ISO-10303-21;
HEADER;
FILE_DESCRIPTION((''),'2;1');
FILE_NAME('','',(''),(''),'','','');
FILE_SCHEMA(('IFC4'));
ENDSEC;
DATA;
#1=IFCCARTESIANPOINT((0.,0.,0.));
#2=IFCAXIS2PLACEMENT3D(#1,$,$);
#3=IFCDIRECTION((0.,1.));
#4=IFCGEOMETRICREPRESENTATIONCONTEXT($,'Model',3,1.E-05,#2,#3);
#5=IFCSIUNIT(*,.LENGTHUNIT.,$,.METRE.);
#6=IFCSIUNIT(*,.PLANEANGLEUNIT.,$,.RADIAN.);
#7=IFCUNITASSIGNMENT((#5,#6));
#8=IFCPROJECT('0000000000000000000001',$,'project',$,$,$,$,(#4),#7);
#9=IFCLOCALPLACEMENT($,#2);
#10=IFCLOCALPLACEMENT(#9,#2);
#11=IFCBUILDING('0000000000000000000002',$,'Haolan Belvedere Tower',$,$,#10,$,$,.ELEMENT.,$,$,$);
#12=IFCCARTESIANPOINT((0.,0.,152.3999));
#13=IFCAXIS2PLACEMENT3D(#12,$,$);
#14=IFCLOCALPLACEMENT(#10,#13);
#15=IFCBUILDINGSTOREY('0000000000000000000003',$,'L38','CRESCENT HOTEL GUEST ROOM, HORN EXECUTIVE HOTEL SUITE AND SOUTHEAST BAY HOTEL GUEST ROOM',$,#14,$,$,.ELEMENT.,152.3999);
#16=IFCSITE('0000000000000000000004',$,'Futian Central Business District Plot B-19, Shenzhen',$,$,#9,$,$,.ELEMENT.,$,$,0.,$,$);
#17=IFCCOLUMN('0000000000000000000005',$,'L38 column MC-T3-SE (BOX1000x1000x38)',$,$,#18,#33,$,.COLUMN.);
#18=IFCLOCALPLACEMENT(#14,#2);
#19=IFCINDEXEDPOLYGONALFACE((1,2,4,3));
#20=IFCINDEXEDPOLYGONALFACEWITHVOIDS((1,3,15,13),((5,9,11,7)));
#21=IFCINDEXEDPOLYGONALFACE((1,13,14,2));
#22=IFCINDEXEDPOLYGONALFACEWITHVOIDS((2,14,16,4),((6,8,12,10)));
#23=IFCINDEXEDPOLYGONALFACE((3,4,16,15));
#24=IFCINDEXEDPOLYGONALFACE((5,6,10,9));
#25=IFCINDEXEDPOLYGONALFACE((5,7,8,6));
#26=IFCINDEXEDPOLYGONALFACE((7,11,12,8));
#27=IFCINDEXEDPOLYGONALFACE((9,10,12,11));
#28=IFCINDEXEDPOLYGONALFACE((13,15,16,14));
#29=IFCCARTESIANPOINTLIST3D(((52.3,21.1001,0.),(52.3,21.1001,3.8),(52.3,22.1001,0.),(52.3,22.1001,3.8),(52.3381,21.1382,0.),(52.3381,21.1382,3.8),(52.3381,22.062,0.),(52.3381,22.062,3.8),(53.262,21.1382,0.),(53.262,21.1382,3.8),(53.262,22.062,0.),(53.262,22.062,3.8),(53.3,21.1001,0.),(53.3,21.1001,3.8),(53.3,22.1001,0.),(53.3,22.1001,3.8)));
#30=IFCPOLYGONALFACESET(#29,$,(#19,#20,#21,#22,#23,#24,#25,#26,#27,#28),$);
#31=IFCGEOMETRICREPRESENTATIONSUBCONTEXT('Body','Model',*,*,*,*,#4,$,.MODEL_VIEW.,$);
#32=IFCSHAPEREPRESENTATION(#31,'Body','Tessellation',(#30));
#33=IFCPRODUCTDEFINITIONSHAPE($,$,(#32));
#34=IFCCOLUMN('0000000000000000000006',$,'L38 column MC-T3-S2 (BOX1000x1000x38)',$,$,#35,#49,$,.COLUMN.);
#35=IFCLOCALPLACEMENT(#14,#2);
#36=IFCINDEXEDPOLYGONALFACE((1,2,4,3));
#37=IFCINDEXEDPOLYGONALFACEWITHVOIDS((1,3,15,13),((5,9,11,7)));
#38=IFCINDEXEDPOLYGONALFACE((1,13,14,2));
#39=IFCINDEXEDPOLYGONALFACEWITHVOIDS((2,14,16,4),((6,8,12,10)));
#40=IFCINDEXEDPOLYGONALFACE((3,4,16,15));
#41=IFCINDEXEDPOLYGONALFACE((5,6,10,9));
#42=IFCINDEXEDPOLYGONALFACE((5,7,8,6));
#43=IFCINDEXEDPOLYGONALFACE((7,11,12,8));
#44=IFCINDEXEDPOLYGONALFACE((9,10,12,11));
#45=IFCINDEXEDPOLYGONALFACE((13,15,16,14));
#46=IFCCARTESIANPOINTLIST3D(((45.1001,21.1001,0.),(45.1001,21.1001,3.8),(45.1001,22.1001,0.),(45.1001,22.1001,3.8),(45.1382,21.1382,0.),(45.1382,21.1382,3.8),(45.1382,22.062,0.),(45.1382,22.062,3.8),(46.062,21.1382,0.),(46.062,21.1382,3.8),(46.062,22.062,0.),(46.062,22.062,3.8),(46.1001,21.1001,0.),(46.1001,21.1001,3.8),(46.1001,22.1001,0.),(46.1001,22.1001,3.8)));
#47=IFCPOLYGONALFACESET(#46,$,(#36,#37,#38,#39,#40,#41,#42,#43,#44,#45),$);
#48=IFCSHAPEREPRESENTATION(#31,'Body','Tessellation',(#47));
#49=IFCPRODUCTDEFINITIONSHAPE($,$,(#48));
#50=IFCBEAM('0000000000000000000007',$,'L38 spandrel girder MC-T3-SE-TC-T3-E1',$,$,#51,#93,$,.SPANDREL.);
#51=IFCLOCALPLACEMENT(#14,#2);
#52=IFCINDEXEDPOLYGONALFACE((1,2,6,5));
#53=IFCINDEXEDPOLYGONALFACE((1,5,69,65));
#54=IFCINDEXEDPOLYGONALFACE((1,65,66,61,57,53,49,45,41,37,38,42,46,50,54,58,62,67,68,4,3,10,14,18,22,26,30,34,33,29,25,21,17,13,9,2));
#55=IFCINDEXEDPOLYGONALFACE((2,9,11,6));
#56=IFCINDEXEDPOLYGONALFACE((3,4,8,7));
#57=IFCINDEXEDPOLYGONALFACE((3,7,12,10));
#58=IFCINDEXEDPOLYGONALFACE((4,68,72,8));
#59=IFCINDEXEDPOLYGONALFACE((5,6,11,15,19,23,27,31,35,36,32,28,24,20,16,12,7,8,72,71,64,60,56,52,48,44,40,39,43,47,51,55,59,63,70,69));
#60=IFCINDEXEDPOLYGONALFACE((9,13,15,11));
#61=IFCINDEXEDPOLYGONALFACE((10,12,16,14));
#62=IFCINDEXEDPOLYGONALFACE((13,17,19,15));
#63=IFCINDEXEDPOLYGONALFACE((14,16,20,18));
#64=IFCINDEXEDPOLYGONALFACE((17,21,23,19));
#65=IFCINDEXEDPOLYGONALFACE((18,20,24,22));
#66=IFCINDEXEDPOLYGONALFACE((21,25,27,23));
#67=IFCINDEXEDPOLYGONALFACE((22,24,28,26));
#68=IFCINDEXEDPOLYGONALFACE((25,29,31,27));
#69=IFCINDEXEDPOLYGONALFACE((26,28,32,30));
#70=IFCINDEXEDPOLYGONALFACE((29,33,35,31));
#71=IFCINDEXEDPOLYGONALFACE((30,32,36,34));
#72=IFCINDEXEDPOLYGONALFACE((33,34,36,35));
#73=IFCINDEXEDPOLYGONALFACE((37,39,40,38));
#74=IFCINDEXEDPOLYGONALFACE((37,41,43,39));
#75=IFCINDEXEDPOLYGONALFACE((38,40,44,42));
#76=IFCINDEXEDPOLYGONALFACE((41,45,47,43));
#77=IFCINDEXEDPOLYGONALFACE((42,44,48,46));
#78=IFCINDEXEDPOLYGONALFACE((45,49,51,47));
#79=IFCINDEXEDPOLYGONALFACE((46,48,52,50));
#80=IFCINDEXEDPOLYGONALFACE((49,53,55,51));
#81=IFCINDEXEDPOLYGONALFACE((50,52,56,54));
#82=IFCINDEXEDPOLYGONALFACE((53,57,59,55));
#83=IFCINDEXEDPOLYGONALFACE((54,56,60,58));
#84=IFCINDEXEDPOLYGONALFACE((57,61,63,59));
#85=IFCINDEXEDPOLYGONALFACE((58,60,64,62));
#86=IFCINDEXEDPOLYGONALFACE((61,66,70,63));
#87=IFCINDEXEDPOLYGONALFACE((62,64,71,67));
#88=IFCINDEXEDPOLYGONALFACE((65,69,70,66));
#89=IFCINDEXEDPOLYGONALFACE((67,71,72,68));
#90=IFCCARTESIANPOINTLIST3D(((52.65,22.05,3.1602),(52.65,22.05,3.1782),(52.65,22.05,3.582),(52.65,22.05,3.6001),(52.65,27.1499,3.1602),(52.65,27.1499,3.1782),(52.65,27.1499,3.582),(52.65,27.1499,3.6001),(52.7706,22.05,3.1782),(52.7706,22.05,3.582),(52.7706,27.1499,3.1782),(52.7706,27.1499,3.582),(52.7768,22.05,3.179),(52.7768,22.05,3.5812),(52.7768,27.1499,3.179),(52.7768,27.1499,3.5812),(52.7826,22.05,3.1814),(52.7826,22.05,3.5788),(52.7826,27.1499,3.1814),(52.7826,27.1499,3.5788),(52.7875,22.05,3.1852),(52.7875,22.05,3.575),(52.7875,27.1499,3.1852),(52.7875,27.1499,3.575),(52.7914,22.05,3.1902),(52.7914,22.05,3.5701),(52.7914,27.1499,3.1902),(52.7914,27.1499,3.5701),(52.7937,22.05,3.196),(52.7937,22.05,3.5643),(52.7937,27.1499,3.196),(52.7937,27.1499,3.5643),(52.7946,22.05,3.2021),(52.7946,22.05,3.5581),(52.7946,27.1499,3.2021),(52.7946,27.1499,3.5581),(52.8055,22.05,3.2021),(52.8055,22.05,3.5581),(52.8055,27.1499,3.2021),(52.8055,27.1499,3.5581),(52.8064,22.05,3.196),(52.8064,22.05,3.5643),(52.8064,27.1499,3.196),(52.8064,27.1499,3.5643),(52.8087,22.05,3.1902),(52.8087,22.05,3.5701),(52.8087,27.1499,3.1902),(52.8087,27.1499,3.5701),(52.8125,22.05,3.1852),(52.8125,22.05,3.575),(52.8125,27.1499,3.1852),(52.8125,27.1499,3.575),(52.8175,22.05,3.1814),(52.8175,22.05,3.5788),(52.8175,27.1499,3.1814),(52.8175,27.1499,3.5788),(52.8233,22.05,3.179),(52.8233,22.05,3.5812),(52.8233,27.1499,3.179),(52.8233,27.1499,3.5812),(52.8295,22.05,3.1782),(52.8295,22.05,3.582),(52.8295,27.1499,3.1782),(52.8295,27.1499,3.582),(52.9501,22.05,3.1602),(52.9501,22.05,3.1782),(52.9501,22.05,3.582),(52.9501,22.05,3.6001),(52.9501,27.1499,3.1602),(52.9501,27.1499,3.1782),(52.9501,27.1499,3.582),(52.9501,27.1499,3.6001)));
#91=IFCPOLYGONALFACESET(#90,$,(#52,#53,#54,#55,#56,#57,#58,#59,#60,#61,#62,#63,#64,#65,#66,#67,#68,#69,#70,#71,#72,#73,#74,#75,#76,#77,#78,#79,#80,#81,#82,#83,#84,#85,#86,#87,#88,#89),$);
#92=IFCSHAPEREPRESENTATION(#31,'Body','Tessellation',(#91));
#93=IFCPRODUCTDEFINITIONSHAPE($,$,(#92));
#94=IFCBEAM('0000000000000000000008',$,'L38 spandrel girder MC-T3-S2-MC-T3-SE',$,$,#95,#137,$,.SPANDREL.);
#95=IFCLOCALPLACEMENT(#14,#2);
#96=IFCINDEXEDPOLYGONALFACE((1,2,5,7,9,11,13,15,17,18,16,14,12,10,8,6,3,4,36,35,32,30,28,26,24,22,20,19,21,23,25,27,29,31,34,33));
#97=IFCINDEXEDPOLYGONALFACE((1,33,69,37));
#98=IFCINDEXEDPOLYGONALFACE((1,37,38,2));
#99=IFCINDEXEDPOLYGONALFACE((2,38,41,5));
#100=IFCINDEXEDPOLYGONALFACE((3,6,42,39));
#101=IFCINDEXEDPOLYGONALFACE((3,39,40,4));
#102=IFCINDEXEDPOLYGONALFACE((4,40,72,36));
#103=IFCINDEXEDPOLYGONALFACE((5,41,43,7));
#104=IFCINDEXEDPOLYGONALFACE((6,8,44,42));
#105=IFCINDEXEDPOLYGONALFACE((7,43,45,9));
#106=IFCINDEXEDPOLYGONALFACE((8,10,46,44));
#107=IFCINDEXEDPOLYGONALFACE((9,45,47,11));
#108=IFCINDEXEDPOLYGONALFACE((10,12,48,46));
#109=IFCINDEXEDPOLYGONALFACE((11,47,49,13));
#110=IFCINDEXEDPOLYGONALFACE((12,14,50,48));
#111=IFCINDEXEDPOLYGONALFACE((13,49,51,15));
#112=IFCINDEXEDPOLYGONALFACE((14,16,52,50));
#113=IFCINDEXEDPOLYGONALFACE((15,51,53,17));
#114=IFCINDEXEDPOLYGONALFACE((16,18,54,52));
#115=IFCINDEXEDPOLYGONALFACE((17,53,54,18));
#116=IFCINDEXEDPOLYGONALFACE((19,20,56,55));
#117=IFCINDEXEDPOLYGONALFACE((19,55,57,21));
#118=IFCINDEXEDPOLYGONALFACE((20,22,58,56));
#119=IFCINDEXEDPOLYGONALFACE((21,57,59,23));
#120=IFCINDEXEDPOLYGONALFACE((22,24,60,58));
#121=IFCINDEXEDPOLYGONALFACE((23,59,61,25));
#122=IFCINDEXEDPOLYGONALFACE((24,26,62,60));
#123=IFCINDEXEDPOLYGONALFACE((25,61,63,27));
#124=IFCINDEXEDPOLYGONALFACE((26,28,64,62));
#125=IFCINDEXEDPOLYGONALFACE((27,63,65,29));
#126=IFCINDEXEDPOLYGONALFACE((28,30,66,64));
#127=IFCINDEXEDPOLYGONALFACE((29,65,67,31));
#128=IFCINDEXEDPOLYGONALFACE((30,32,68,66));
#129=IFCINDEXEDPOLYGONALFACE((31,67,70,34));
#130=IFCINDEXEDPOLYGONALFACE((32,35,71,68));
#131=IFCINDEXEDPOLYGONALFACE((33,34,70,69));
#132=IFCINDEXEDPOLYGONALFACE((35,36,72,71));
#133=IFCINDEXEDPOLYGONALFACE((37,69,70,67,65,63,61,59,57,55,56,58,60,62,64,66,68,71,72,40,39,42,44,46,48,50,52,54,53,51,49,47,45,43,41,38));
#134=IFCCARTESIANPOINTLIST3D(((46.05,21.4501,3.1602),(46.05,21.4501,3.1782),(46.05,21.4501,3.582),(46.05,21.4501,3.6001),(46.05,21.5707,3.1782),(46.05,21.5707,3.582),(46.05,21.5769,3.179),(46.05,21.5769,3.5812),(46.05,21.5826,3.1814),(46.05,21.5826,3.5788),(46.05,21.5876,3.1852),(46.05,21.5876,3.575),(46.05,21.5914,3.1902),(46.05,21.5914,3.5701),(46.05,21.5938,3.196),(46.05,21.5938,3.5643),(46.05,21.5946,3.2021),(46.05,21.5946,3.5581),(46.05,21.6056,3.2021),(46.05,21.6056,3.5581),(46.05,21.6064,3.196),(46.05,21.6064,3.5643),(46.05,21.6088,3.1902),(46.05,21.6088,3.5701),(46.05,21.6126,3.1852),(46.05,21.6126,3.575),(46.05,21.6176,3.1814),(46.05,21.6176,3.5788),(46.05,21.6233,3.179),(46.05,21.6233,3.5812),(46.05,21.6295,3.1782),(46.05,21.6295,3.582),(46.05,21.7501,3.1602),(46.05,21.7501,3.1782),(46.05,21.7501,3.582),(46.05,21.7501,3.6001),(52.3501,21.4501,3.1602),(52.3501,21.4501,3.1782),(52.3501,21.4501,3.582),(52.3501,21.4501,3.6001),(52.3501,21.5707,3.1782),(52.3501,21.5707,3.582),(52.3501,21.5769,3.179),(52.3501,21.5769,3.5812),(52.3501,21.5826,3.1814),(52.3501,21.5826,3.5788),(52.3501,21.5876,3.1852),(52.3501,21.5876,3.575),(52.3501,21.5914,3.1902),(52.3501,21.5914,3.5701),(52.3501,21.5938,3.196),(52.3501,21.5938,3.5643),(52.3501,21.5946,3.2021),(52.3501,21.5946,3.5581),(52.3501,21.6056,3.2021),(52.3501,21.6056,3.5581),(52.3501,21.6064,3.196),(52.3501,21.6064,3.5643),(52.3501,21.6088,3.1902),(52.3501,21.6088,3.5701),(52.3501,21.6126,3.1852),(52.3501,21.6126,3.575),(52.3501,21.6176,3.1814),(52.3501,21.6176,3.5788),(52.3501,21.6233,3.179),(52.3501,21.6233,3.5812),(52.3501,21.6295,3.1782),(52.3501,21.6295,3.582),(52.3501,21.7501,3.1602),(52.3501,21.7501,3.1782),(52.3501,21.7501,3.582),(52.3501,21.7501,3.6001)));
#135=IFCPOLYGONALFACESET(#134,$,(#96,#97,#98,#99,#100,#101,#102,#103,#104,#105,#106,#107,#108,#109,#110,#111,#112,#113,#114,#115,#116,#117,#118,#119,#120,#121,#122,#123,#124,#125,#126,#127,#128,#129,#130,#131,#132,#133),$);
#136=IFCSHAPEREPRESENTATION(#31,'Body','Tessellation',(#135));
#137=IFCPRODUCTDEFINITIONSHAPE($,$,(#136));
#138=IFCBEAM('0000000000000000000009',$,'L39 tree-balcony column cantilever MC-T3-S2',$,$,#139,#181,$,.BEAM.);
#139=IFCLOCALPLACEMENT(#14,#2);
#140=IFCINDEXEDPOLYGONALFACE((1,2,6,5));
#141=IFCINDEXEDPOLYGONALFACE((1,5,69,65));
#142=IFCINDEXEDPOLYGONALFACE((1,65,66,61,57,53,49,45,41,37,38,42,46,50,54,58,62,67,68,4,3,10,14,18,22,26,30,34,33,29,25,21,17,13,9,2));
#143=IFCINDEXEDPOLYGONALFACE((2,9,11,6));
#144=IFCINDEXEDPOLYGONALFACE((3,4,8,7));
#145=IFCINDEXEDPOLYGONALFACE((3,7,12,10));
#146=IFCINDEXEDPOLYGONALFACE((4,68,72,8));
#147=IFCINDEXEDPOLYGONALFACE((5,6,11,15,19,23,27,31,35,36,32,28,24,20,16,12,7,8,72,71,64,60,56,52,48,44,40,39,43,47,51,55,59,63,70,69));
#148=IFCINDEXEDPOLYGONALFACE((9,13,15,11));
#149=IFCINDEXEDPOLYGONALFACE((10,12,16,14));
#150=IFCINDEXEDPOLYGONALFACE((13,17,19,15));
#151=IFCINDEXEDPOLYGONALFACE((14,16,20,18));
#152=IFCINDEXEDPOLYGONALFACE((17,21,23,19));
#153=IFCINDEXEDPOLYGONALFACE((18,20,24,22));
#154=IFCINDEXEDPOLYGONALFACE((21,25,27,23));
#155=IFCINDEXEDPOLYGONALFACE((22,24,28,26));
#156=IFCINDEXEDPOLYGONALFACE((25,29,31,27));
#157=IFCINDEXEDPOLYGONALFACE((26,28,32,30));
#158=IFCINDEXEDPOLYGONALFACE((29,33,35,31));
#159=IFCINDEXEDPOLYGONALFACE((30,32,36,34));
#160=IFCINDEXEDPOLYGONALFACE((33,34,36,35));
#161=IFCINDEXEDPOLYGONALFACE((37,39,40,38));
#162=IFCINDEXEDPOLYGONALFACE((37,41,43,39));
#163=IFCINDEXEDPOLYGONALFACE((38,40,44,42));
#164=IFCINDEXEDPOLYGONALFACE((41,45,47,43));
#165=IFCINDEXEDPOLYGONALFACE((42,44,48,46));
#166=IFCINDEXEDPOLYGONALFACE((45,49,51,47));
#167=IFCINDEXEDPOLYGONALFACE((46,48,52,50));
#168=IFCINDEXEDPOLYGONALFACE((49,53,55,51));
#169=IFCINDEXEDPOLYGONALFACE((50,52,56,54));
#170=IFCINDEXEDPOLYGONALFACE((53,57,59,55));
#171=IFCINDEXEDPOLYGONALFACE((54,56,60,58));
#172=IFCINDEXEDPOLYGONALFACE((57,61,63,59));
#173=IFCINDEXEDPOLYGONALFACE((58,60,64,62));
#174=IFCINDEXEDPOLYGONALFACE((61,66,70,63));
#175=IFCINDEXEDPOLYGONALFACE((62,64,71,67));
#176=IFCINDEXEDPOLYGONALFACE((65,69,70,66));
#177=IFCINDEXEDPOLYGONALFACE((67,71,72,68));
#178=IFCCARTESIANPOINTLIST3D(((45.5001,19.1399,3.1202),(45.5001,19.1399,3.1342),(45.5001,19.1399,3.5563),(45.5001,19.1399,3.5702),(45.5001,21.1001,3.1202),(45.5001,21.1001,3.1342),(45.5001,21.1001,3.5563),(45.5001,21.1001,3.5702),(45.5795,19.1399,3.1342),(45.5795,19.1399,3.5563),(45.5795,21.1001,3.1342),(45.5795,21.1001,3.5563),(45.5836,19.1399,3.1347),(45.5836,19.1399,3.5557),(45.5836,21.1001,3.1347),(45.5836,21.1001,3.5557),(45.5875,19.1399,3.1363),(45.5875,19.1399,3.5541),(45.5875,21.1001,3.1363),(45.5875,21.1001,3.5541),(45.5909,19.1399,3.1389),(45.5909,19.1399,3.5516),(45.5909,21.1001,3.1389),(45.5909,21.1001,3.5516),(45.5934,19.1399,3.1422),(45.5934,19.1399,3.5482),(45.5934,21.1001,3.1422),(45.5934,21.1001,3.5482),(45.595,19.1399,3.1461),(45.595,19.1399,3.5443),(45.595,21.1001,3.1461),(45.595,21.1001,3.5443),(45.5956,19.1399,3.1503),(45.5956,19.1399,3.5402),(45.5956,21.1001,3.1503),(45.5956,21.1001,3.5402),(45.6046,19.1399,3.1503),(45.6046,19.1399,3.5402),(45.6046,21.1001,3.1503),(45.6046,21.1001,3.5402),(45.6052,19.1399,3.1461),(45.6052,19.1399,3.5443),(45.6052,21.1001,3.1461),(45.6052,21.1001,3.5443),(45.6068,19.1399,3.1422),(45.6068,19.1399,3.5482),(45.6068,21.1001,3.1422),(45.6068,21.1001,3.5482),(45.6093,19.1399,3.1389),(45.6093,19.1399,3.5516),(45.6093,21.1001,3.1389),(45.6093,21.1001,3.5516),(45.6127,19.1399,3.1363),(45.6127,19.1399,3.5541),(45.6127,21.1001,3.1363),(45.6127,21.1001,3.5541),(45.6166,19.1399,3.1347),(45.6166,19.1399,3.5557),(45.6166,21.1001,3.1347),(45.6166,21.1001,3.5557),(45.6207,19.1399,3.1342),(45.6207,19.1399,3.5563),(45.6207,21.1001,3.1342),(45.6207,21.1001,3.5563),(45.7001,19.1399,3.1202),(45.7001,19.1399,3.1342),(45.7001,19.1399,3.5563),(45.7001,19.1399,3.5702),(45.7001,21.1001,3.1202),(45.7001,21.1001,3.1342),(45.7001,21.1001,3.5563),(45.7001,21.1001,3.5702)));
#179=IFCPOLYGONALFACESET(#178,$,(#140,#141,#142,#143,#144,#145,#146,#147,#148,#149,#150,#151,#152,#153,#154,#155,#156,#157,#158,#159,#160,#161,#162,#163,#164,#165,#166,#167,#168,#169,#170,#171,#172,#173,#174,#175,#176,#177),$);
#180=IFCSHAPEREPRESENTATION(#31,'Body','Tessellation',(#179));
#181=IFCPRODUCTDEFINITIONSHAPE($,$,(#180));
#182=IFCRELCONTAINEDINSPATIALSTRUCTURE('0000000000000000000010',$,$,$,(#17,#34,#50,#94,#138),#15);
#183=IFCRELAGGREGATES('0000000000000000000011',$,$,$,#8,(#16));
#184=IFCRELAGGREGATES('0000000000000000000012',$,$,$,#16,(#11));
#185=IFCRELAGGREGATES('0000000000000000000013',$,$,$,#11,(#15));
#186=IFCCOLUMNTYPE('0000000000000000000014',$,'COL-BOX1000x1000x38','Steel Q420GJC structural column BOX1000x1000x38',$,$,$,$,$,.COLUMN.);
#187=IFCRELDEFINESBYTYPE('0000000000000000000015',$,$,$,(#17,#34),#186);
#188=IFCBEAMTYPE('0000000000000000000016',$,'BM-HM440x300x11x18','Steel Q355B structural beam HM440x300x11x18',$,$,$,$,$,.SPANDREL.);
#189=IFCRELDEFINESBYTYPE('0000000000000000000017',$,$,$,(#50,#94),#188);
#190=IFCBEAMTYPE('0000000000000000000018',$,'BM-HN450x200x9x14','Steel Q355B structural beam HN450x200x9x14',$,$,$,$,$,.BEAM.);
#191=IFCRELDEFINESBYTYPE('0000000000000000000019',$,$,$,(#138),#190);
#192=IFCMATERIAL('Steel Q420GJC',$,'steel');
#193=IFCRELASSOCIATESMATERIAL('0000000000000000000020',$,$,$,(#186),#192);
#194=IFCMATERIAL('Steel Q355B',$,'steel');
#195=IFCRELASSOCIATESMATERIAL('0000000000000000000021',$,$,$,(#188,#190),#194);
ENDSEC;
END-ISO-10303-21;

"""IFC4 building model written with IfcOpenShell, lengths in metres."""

from ifc_helpers import new_model, si_unit, direction, frame, origin, origin_2d, place, context, subcontext, project, spatial, hollow_rectangle, i_section, extrude, material, material_profile, profile_set, type_object, element, save


model = new_model("IFC4")

# Units and contexts
model_context = context("Model", 3, precision=1e-05, world=origin(), true_north=direction((0.0, 1.0)))
body_context = subcontext(model_context, "Body", "Model", "MODEL_VIEW")
ifc_project = project(units=[si_unit("LENGTHUNIT", "METRE"), si_unit("PLANEANGLEUNIT", "RADIAN")], contexts=[model_context])

# Site, building, storey
site_placement = place(None, origin())
site = spatial("IfcSite", under=ifc_project, at=site_placement, Name="Futian Central Business District Plot B-19, Shenzhen", CompositionType="ELEMENT", RefElevation=0.0)
building_placement = place(site_placement, origin())
building = spatial("IfcBuilding", under=site, at=building_placement, Name="Haolan Belvedere Tower", CompositionType="ELEMENT")
storey_placement = place(building_placement, frame((0.0, 0.0, 152.3999)))
storey = spatial("IfcBuildingStorey", under=building, at=storey_placement, Name="L38", Description="CRESCENT HOTEL GUEST ROOM, HORN EXECUTIVE HOTEL SUITE AND SOUTHEAST BAY HOTEL GUEST ROOM", CompositionType="ELEMENT", Elevation=152.3999)

# Columns
ifc_material_1 = material(Name="Steel Q420GJC", Category="steel")
ifc_material_profile_1 = material_profile(ifc_material_1, hollow_rectangle(XDim=1.0, YDim=1.0, WallThickness=0.0381, at=origin_2d()), Name="Steel Q420GJC")
ifc_profile_set_1 = profile_set([ifc_material_profile_1], Name="Steel Q420GJC")
column_type = type_object("IfcColumnType", Name="COL-BOX1000x1000x38", Description="Steel Q420GJC structural column BOX1000x1000x38", PredefinedType="COLUMN", material=ifc_profile_set_1)
for number, where, z_axis, x_axis, name in (
    (1, (52.8, 21.6001, 0.0), (0.0, 0.0, 1.0), (1.0, 0.0, 0.0), "L38 column MC-T3-SE (BOX1000x1000x38)"),
    (2, (45.6001, 21.6001, 0.0), (0.0, 0.0, 1.0), (1.0, 0.0, 0.0), "L38 column MC-T3-S2 (BOX1000x1000x38)"),
):
    element("IfcColumn", number, at=place(storey_placement, frame(where, z_axis=z_axis, x_axis=x_axis)), inside=storey, type_object=column_type, Name=name, PredefinedType="COLUMN", context=body_context, shape_type="SweptSolid", body=[
        extrude(hollow_rectangle(XDim=1.0, YDim=1.0, WallThickness=0.0381, at=origin_2d()), origin(), (0.0, 0.0, 1.0), 3.8),
    ])

# Beams
ifc_material_2 = material(Name="Steel Q355B", Category="steel")
ifc_material_profile_2 = material_profile(ifc_material_2, i_section(OverallWidth=0.3, OverallDepth=0.4399, WebThickness=0.011, FlangeThickness=0.0181, FilletRadius=0.0239, at=origin_2d()), Name="Steel Q355B")
ifc_profile_set_2 = profile_set([ifc_material_profile_2], Name="Steel Q355B")
beam_type_1 = type_object("IfcBeamType", Name="BM-HM440x300x11x18", Description="Steel Q355B structural beam HM440x300x11x18", PredefinedType="SPANDREL", material=ifc_profile_set_2)
beam_1_placement = place(storey_placement, frame((52.8, 22.05, 3.3801), z_axis=(0.0, 1.0, 0.0), x_axis=(-1.0, 0.0, 0.0)))
element("IfcBeam", 3, at=beam_1_placement, inside=storey, type_object=beam_type_1, Name="L38 spandrel girder MC-T3-SE-TC-T3-E1", PredefinedType="SPANDREL", context=body_context, shape_type="SweptSolid", body=[
    extrude(i_section(OverallWidth=0.3, OverallDepth=0.4399, WebThickness=0.011, FlangeThickness=0.0181, FilletRadius=0.0239, at=origin_2d()), origin(), (0.0, 0.0, 1.0), 5.0999),
])
beam_2_placement = place(storey_placement, frame((46.05, 21.6001, 3.3801), z_axis=(1.0, 0.0, 0.0), x_axis=(0.0, 1.0, 0.0)))
element("IfcBeam", 4, at=beam_2_placement, inside=storey, type_object=beam_type_1, Name="L38 spandrel girder MC-T3-S2-MC-T3-SE", PredefinedType="SPANDREL", context=body_context, shape_type="SweptSolid", body=[
    extrude(i_section(OverallWidth=0.3, OverallDepth=0.4399, WebThickness=0.011, FlangeThickness=0.0181, FilletRadius=0.0239, at=origin_2d()), origin(), (0.0, 0.0, 1.0), 6.3),
])
ifc_material_profile_3 = material_profile(ifc_material_2, i_section(OverallWidth=0.2, OverallDepth=0.45, WebThickness=0.009, FlangeThickness=0.0139, FilletRadius=0.0161, at=origin_2d()), Name="Steel Q355B")
ifc_profile_set_3 = profile_set([ifc_material_profile_3], Name="Steel Q355B")
beam_type_2 = type_object("IfcBeamType", Name="BM-HN450x200x9x14", Description="Steel Q355B structural beam HN450x200x9x14", PredefinedType="BEAM", material=ifc_profile_set_3)
beam_3_placement = place(storey_placement, frame((45.6001, 21.1001, 3.3452), z_axis=(0.0, -1.0, 0.0), x_axis=(1.0, 0.0, 0.0)))
element("IfcBeam", 5, at=beam_3_placement, inside=storey, type_object=beam_type_2, Name="L39 tree-balcony column cantilever MC-T3-S2", PredefinedType="BEAM", context=body_context, shape_type="SweptSolid", body=[
    extrude(i_section(OverallWidth=0.2, OverallDepth=0.45, WebThickness=0.009, FlangeThickness=0.0139, FilletRadius=0.0161, at=origin_2d()), origin(), (0.0, 0.0, 1.0), 1.9602),
])

save(model, "model.ifc")
